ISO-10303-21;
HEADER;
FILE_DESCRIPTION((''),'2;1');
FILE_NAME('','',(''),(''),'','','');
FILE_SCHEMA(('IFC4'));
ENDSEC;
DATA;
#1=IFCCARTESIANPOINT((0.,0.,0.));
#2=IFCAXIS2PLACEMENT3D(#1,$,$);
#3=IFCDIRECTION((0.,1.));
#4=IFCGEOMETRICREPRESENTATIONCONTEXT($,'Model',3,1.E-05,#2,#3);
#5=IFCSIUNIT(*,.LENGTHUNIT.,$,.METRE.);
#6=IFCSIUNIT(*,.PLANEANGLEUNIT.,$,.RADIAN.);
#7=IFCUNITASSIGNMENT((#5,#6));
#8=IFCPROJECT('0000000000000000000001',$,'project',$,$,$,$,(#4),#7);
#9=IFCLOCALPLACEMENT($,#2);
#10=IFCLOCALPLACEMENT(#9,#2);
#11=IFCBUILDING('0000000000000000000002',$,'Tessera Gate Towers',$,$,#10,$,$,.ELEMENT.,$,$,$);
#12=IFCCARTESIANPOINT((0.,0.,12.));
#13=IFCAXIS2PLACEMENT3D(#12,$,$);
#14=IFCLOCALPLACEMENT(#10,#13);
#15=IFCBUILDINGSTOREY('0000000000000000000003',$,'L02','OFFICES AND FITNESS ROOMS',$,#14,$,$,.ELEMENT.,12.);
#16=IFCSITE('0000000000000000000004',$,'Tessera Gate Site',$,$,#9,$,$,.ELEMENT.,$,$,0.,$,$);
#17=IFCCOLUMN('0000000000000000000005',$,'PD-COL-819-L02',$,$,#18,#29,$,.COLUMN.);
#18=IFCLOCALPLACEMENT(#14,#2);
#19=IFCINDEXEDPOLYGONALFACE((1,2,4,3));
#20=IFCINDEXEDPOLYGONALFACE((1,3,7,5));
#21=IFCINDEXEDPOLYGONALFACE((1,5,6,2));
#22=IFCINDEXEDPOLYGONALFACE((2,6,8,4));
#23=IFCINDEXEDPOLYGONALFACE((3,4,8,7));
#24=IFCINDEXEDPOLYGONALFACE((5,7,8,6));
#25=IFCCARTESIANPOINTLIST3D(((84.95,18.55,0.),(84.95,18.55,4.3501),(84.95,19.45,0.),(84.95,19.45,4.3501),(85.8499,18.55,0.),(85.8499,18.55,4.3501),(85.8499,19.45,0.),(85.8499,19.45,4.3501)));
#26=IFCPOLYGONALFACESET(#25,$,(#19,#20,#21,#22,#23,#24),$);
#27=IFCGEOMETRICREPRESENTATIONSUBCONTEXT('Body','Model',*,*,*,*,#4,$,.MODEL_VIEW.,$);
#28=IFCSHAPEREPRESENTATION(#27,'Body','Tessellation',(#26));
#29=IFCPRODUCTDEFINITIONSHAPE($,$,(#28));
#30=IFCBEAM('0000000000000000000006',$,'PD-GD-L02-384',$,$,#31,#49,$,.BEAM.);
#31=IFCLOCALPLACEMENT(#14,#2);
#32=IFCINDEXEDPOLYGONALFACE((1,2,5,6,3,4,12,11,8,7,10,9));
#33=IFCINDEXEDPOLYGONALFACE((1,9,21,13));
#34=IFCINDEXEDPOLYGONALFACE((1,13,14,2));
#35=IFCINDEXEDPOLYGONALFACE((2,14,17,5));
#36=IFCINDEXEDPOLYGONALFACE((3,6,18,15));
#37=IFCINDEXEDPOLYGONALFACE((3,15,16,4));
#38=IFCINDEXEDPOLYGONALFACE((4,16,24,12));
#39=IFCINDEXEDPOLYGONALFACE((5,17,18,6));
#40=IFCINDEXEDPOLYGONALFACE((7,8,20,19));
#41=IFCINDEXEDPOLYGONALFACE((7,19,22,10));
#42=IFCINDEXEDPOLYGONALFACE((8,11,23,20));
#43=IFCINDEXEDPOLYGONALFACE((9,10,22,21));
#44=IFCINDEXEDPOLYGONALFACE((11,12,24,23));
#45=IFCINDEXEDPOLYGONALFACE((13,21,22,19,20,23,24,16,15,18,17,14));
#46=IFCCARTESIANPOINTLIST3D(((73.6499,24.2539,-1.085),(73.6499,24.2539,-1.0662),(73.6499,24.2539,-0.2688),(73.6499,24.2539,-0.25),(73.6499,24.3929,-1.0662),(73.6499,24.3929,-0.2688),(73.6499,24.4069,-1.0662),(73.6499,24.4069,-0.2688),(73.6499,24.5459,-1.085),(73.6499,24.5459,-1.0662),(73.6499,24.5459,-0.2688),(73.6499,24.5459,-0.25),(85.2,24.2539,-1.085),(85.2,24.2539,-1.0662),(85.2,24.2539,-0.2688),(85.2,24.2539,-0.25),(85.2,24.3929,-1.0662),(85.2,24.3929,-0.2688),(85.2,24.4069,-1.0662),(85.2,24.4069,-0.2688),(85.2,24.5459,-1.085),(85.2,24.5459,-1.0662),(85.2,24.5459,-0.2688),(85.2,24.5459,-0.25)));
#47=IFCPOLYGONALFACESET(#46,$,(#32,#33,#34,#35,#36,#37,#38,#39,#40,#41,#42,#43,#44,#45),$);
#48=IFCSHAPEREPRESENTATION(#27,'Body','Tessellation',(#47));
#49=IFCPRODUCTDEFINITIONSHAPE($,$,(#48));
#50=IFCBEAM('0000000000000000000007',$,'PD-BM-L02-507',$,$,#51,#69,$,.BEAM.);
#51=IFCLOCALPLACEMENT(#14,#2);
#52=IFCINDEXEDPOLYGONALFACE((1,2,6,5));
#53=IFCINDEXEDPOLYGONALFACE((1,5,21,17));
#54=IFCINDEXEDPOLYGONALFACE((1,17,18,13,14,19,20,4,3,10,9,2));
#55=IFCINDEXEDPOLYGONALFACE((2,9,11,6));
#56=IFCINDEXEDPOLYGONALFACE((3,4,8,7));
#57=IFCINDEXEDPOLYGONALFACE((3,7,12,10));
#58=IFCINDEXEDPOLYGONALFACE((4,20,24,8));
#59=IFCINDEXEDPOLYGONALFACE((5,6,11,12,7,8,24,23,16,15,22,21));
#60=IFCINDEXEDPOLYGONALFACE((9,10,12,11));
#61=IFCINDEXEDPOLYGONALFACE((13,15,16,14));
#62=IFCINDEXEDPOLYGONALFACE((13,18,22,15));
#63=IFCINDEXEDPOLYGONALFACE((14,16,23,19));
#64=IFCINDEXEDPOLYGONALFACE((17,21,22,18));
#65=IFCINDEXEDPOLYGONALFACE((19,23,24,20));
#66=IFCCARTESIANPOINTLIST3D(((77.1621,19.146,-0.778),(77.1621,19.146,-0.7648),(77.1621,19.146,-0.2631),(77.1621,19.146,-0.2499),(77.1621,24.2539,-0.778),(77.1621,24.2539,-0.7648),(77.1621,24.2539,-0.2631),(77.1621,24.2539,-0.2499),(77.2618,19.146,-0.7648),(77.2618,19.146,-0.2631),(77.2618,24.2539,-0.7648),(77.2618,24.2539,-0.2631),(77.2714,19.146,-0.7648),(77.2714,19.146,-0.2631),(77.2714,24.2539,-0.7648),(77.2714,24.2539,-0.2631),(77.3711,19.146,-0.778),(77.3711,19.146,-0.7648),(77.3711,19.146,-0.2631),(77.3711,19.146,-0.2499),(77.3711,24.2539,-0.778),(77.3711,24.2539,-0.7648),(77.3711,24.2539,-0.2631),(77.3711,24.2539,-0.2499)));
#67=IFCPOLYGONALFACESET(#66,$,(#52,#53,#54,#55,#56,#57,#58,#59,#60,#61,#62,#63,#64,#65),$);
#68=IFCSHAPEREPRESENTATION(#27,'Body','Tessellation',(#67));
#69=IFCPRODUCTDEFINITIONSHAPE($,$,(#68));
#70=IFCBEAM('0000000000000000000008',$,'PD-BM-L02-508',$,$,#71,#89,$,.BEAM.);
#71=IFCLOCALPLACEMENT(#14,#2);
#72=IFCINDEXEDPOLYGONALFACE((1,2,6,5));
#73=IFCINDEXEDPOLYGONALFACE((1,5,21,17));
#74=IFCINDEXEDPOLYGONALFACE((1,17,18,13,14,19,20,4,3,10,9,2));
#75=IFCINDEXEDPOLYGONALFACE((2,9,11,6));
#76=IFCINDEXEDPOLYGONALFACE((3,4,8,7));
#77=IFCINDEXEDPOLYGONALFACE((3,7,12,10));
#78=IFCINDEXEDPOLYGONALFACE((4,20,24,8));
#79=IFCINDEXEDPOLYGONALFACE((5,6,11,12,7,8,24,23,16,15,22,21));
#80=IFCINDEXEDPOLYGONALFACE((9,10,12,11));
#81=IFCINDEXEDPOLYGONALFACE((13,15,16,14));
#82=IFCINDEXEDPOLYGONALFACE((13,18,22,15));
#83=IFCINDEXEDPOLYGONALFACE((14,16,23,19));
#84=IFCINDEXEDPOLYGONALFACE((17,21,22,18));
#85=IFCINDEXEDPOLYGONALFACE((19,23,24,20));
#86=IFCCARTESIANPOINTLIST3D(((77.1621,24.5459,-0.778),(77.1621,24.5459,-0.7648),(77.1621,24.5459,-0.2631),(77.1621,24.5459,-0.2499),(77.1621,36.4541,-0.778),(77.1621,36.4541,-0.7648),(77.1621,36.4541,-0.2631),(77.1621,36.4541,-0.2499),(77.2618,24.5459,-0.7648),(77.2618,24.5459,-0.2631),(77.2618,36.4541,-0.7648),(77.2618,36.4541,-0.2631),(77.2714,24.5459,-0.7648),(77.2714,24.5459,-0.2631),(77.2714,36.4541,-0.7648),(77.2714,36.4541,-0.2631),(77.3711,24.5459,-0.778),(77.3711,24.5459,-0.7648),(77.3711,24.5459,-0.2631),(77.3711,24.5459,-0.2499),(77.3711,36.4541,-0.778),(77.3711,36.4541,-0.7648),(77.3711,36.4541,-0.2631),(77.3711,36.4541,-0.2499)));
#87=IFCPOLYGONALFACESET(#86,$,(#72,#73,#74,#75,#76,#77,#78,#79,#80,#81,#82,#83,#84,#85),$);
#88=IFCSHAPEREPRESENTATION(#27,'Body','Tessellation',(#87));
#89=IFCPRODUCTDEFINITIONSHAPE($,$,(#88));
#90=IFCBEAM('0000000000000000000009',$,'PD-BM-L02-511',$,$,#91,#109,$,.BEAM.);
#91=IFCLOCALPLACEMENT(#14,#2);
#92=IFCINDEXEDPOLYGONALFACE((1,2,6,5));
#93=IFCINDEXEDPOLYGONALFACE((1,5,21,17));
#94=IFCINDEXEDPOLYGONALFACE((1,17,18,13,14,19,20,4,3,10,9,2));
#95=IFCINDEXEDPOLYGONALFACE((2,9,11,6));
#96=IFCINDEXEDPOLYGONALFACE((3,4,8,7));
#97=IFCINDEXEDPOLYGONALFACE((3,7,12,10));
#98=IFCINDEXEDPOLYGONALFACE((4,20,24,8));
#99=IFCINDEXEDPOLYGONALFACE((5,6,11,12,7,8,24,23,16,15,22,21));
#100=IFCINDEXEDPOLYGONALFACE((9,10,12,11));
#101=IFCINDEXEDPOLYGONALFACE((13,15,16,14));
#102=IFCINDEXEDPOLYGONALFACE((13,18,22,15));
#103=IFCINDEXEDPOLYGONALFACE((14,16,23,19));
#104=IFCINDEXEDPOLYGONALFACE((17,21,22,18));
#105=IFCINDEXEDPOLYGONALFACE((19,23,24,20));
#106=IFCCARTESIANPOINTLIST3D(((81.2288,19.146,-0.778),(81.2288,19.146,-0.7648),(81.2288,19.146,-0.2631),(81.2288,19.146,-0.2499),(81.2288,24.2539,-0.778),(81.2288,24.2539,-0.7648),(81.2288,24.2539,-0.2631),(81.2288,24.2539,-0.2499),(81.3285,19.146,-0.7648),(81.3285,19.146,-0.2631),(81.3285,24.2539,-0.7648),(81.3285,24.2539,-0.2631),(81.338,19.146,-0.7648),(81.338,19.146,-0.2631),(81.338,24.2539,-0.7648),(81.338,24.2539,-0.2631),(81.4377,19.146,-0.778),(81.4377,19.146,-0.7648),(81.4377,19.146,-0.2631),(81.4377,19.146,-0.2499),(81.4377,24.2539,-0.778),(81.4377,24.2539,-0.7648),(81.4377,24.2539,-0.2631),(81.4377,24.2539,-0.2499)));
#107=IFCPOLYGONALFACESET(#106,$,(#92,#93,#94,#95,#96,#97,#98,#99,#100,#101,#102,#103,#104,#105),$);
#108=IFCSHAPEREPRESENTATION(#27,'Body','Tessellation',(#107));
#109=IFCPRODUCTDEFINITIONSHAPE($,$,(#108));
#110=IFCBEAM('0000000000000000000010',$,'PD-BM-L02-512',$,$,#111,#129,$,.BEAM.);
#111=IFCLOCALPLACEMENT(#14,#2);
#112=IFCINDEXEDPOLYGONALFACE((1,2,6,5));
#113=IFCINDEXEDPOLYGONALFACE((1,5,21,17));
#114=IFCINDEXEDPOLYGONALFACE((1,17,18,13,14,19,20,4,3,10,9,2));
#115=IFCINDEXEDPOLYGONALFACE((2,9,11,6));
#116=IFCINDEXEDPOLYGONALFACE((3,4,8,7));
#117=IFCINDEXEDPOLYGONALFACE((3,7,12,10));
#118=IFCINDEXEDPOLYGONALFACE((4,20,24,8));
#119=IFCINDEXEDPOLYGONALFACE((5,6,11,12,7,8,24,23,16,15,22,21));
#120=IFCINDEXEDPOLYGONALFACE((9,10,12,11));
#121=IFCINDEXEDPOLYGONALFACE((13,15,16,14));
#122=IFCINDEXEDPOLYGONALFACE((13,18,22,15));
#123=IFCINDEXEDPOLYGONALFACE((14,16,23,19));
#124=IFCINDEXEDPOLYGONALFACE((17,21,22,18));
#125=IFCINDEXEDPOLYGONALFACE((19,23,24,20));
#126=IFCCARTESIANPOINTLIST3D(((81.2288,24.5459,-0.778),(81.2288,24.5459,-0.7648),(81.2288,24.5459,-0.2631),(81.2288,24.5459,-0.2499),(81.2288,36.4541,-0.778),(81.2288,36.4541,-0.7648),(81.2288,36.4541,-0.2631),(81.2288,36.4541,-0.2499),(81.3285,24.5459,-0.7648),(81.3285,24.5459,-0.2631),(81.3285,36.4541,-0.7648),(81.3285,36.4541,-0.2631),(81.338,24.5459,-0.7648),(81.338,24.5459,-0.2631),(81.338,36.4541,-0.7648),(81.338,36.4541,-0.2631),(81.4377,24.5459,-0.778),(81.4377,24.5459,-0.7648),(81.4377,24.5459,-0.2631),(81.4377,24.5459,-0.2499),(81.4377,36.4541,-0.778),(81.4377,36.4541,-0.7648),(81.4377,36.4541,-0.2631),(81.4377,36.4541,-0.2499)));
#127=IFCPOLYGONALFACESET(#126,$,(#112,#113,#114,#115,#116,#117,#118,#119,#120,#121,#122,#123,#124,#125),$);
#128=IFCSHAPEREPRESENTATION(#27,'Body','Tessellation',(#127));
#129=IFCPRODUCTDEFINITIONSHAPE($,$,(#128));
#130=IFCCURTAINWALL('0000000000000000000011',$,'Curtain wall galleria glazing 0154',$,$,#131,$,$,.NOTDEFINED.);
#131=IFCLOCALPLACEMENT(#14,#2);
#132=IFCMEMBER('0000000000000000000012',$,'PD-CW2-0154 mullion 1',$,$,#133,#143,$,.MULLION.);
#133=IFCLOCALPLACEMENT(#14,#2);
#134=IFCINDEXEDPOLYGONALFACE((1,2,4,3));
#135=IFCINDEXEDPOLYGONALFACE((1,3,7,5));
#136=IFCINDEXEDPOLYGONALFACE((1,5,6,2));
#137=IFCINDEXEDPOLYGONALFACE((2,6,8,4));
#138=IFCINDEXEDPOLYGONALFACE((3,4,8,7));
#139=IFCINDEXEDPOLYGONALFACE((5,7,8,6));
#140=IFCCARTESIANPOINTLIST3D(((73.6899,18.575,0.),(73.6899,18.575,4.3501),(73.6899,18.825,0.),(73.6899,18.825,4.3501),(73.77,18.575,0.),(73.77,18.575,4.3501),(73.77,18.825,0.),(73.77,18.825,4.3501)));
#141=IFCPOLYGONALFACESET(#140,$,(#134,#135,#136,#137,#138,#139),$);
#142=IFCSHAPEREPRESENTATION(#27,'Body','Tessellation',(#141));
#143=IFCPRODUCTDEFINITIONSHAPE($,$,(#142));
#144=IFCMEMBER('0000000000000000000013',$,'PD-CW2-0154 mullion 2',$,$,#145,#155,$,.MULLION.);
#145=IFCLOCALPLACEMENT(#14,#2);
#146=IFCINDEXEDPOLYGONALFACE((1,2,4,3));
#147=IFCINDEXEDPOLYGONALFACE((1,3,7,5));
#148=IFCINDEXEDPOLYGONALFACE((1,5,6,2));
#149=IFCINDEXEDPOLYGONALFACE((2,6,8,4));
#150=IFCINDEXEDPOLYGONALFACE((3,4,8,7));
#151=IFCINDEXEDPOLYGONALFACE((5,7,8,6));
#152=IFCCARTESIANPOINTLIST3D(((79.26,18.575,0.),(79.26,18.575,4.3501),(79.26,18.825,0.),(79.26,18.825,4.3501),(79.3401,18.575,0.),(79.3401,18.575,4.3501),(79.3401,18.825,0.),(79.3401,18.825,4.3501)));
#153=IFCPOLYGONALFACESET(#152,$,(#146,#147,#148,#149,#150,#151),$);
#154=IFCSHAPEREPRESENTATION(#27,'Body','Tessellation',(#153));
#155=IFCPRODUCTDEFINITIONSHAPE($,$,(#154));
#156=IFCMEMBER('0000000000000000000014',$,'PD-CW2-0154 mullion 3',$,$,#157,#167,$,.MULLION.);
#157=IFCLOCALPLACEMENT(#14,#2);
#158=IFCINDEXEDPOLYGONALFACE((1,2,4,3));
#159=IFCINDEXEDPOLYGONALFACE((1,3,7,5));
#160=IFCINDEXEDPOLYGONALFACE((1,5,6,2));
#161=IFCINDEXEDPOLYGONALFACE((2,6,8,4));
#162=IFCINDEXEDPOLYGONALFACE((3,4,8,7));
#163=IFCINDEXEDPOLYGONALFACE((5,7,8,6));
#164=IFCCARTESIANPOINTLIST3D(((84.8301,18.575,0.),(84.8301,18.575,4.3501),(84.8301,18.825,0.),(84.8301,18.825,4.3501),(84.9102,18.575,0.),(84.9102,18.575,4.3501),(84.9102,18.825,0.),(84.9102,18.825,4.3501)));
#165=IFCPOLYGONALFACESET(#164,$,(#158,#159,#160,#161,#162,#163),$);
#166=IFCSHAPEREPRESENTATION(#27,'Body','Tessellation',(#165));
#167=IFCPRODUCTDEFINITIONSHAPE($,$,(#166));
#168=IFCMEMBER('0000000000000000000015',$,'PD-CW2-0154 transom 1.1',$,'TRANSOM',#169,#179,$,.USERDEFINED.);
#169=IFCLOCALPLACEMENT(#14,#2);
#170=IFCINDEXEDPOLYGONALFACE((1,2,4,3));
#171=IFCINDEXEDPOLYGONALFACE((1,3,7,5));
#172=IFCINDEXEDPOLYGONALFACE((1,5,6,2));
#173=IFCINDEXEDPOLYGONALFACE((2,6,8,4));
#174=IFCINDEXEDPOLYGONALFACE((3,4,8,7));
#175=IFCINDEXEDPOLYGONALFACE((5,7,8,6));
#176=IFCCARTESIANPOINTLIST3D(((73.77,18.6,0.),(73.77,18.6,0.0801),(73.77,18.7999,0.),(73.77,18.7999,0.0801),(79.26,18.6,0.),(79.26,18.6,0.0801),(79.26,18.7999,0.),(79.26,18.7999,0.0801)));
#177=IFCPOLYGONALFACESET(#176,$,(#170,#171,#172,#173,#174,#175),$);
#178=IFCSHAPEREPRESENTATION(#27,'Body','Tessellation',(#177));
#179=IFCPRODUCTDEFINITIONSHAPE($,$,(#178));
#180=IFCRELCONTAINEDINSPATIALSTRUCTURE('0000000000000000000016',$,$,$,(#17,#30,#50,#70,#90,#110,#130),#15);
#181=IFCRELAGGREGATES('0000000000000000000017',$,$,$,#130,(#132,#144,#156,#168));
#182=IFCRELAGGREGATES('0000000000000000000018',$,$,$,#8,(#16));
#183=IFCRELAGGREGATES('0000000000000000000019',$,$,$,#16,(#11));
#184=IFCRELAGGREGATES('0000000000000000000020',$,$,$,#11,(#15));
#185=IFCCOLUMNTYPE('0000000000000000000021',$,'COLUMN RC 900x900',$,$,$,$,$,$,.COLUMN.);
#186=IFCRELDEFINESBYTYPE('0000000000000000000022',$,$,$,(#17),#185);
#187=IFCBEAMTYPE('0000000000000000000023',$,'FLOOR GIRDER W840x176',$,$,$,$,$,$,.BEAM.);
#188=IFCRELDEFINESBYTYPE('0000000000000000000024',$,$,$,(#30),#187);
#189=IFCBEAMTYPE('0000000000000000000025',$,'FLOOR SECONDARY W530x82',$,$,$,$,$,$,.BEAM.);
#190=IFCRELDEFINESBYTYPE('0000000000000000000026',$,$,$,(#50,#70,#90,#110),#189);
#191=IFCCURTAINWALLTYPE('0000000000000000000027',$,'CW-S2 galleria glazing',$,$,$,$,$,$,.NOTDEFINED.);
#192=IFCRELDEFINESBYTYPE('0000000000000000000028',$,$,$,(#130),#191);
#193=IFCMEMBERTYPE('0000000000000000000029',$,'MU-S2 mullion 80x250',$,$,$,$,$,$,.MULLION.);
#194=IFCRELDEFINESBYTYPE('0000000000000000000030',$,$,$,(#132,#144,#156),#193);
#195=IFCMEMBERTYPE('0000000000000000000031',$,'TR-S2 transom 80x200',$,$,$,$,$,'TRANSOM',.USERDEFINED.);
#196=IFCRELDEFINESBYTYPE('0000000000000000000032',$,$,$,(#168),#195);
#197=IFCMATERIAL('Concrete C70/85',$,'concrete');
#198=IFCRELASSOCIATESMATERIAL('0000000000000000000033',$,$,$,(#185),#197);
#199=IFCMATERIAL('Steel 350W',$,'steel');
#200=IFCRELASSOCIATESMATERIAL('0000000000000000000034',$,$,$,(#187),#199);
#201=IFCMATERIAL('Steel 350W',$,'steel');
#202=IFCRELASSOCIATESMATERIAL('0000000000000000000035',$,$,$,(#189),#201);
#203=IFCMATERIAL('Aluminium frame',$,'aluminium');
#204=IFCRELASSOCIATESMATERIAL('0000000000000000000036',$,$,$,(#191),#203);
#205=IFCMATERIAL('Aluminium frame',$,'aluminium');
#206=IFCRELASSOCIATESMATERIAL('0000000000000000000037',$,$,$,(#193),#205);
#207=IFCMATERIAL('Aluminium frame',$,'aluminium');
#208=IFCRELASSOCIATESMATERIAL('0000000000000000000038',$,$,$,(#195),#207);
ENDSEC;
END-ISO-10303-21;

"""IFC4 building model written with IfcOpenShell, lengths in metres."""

from ifc_helpers import new_model, si_unit, direction, frame, origin, origin_2d, place, context, subcontext, project, spatial, rectangle, i_section, extrude, material, material_profile, profile_set, type_object, element, aggregate, save


model = new_model("IFC4")

# Units and contexts
model_context = context("Model", 3, precision=1e-05, world=origin(), true_north=direction((0.0, 1.0)))
body_context = subcontext(model_context, "Body", "Model", "MODEL_VIEW")
ifc_project = project(units=[si_unit("LENGTHUNIT", "METRE"), si_unit("PLANEANGLEUNIT", "RADIAN")], contexts=[model_context])

# Site, building, storey
site_placement = place(None, origin())
site = spatial("IfcSite", under=ifc_project, at=site_placement, Name="Tessera Gate Site", CompositionType="ELEMENT", RefElevation=0.0)
building_placement = place(site_placement, origin())
building = spatial("IfcBuilding", under=site, at=building_placement, Name="Tessera Gate Towers", CompositionType="ELEMENT")
storey_placement = place(building_placement, frame((0.0, 0.0, 12.0)))
storey = spatial("IfcBuildingStorey", under=building, at=storey_placement, Name="L02", Description="OFFICES AND FITNESS ROOMS", CompositionType="ELEMENT", Elevation=12.0)

# Column
ifc_material_1 = material(Name="Concrete C70/85", Category="concrete")
ifc_material_profile_1 = material_profile(ifc_material_1, rectangle(XDim=0.8999, YDim=0.8999, at=origin_2d()), Name="RC 900x900")
ifc_profile_set_1 = profile_set([ifc_material_profile_1], Name="Concrete C70/85")
column_type = type_object("IfcColumnType", Name="COLUMN RC 900x900", PredefinedType="COLUMN", material=ifc_profile_set_1)
column_placement = place(storey_placement, frame((85.3999, 19.0, 0.0), z_axis=(0.0, 0.0, 1.0), x_axis=(1.0, 0.0, 0.0)))
element("IfcColumn", 1, at=column_placement, inside=storey, type_object=column_type, Name="PD-COL-819-L02", PredefinedType="COLUMN", context=body_context, shape_type="SweptSolid", body=[
    extrude(rectangle(XDim=0.8999, YDim=0.8999, at=origin_2d()), origin(), (0.0, 0.0, 1.0), 4.3501),
])

# Beams
ifc_material_2 = material(Name="Steel 350W", Category="steel")
ifc_material_profile_2 = material_profile(ifc_material_2, i_section(OverallWidth=0.292, OverallDepth=0.835, WebThickness=0.0139, FlangeThickness=0.0188, at=origin_2d()), Name="W840x176")
ifc_profile_set_2 = profile_set([ifc_material_profile_2], Name="Steel 350W")
beam_type_1 = type_object("IfcBeamType", Name="FLOOR GIRDER W840x176", PredefinedType="BEAM", material=ifc_profile_set_2)
beam_1_placement = place(storey_placement, frame((73.6499, 24.3999, -0.6675), z_axis=(1.0, 0.0, 0.0), x_axis=(0.0, 1.0, 0.0)))
element("IfcBeam", 2, at=beam_1_placement, inside=storey, type_object=beam_type_1, Name="PD-GD-L02-384", PredefinedType="BEAM", context=body_context, shape_type="SweptSolid", body=[
    extrude(i_section(OverallWidth=0.292, OverallDepth=0.835, WebThickness=0.0139, FlangeThickness=0.0188, at=origin_2d()), origin(), (0.0, 0.0, 1.0), 11.55),
])
ifc_material_3 = material(Name="Steel 350W", Category="steel")
ifc_material_profile_3 = material_profile(ifc_material_3, i_section(OverallWidth=0.209, OverallDepth=0.5281, WebThickness=0.0095, FlangeThickness=0.0132, at=origin_2d()), Name="W530x82")
ifc_profile_set_3 = profile_set([ifc_material_profile_3], Name="Steel 350W")
beam_type_2 = type_object("IfcBeamType", Name="FLOOR SECONDARY W530x82", PredefinedType="BEAM", material=ifc_profile_set_3)
beam_2_placement = place(storey_placement, frame((77.2666, 19.146, -0.5139), z_axis=(0.0, 1.0, 0.0), x_axis=(-1.0, 0.0, 0.0)))
element("IfcBeam", 3, at=beam_2_placement, inside=storey, type_object=beam_type_2, Name="PD-BM-L02-507", PredefinedType="BEAM", context=body_context, shape_type="SweptSolid", body=[
    extrude(i_section(OverallWidth=0.209, OverallDepth=0.5281, WebThickness=0.0095, FlangeThickness=0.0132, at=origin_2d()), origin(), (0.0, 0.0, 1.0), 5.1079),
])
beam_3_placement = place(storey_placement, frame((77.2666, 24.5459, -0.5139), z_axis=(0.0, 1.0, 0.0), x_axis=(-1.0, 0.0, 0.0)))
element("IfcBeam", 4, at=beam_3_placement, inside=storey, type_object=beam_type_2, Name="PD-BM-L02-508", PredefinedType="BEAM", context=body_context, shape_type="SweptSolid", body=[
    extrude(i_section(OverallWidth=0.209, OverallDepth=0.5281, WebThickness=0.0095, FlangeThickness=0.0132, at=origin_2d()), origin(), (0.0, 0.0, 1.0), 11.9082),
])
beam_4_placement = place(storey_placement, frame((81.3333, 19.146, -0.5139), z_axis=(0.0, 1.0, 0.0), x_axis=(-1.0, 0.0, 0.0)))
element("IfcBeam", 5, at=beam_4_placement, inside=storey, type_object=beam_type_2, Name="PD-BM-L02-511", PredefinedType="BEAM", context=body_context, shape_type="SweptSolid", body=[
    extrude(i_section(OverallWidth=0.209, OverallDepth=0.5281, WebThickness=0.0095, FlangeThickness=0.0132, at=origin_2d()), origin(), (0.0, 0.0, 1.0), 5.1079),
])
beam_5_placement = place(storey_placement, frame((81.3333, 24.5459, -0.5139), z_axis=(0.0, 1.0, 0.0), x_axis=(-1.0, 0.0, 0.0)))
element("IfcBeam", 6, at=beam_5_placement, inside=storey, type_object=beam_type_2, Name="PD-BM-L02-512", PredefinedType="BEAM", context=body_context, shape_type="SweptSolid", body=[
    extrude(i_section(OverallWidth=0.209, OverallDepth=0.5281, WebThickness=0.0095, FlangeThickness=0.0132, at=origin_2d()), origin(), (0.0, 0.0, 1.0), 11.9082),
])

# Curtain wall, members
ifc_material_4 = material(Name="Aluminium frame", Category="aluminium")
curtain_wall_type = type_object("IfcCurtainWallType", Name="CW-S2 galleria glazing", PredefinedType="NOTDEFINED", material=ifc_material_4)
curtain_wall_placement = place(storey_placement, origin())
curtain_wall = element("IfcCurtainWall", 7, at=curtain_wall_placement, inside=storey, type_object=curtain_wall_type, Name="Curtain wall galleria glazing 0154", PredefinedType="NOTDEFINED")
ifc_material_5 = material(Name="Aluminium frame", Category="aluminium")
ifc_material_profile_4 = material_profile(ifc_material_5, rectangle(XDim=0.0801, YDim=0.25, at=origin_2d()), Name="AL 80x250")
ifc_profile_set_4 = profile_set([ifc_material_profile_4], Name="Aluminium frame")
member_type_1 = type_object("IfcMemberType", Name="MU-S2 mullion 80x250", PredefinedType="MULLION", material=ifc_profile_set_4)
member_1_placement = place(storey_placement, frame((73.73, 18.7, 0.0), z_axis=(0.0, 0.0, 1.0), x_axis=(1.0, 0.0, 0.0)))
member_1 = element("IfcMember", 8, at=member_1_placement, type_object=member_type_1, Name="PD-CW2-0154 mullion 1", PredefinedType="MULLION", context=body_context, shape_type="SweptSolid", body=[
    extrude(rectangle(XDim=0.0801, YDim=0.25, at=origin_2d()), origin(), (0.0, 0.0, 1.0), 4.3501),
])
member_2_placement = place(storey_placement, frame((79.3, 18.7, 0.0), z_axis=(0.0, 0.0, 1.0), x_axis=(1.0, 0.0, 0.0)))
member_2 = element("IfcMember", 9, at=member_2_placement, type_object=member_type_1, Name="PD-CW2-0154 mullion 2", PredefinedType="MULLION", context=body_context, shape_type="SweptSolid", body=[
    extrude(rectangle(XDim=0.0801, YDim=0.25, at=origin_2d()), origin(), (0.0, 0.0, 1.0), 4.3501),
])
member_3_placement = place(storey_placement, frame((84.8701, 18.7, 0.0), z_axis=(0.0, 0.0, 1.0), x_axis=(1.0, 0.0, 0.0)))
member_3 = element("IfcMember", 10, at=member_3_placement, type_object=member_type_1, Name="PD-CW2-0154 mullion 3", PredefinedType="MULLION", context=body_context, shape_type="SweptSolid", body=[
    extrude(rectangle(XDim=0.0801, YDim=0.25, at=origin_2d()), origin(), (0.0, 0.0, 1.0), 4.3501),
])
ifc_material_6 = material(Name="Aluminium frame", Category="aluminium")
ifc_material_profile_5 = material_profile(ifc_material_6, rectangle(XDim=0.2, YDim=0.0801, at=origin_2d()), Name="AL 80x200")
ifc_profile_set_5 = profile_set([ifc_material_profile_5], Name="Aluminium frame")
member_type_2 = type_object("IfcMemberType", Name="TR-S2 transom 80x200", ElementType="TRANSOM", PredefinedType="USERDEFINED", material=ifc_profile_set_5)
member_4_placement = place(storey_placement, frame((73.77, 18.7, 0.04), z_axis=(1.0, 0.0, 0.0), x_axis=(0.0, 1.0, 0.0)))
member_4 = element("IfcMember", 11, at=member_4_placement, type_object=member_type_2, Name="PD-CW2-0154 transom 1.1", ObjectType="TRANSOM", PredefinedType="USERDEFINED", context=body_context, shape_type="SweptSolid", body=[
    extrude(rectangle(XDim=0.2, YDim=0.0801, at=origin_2d()), origin(), (0.0, 0.0, 1.0), 5.49),
])
aggregate(curtain_wall, [member_1, member_2, member_3, member_4])

save(model, "model.ifc")
